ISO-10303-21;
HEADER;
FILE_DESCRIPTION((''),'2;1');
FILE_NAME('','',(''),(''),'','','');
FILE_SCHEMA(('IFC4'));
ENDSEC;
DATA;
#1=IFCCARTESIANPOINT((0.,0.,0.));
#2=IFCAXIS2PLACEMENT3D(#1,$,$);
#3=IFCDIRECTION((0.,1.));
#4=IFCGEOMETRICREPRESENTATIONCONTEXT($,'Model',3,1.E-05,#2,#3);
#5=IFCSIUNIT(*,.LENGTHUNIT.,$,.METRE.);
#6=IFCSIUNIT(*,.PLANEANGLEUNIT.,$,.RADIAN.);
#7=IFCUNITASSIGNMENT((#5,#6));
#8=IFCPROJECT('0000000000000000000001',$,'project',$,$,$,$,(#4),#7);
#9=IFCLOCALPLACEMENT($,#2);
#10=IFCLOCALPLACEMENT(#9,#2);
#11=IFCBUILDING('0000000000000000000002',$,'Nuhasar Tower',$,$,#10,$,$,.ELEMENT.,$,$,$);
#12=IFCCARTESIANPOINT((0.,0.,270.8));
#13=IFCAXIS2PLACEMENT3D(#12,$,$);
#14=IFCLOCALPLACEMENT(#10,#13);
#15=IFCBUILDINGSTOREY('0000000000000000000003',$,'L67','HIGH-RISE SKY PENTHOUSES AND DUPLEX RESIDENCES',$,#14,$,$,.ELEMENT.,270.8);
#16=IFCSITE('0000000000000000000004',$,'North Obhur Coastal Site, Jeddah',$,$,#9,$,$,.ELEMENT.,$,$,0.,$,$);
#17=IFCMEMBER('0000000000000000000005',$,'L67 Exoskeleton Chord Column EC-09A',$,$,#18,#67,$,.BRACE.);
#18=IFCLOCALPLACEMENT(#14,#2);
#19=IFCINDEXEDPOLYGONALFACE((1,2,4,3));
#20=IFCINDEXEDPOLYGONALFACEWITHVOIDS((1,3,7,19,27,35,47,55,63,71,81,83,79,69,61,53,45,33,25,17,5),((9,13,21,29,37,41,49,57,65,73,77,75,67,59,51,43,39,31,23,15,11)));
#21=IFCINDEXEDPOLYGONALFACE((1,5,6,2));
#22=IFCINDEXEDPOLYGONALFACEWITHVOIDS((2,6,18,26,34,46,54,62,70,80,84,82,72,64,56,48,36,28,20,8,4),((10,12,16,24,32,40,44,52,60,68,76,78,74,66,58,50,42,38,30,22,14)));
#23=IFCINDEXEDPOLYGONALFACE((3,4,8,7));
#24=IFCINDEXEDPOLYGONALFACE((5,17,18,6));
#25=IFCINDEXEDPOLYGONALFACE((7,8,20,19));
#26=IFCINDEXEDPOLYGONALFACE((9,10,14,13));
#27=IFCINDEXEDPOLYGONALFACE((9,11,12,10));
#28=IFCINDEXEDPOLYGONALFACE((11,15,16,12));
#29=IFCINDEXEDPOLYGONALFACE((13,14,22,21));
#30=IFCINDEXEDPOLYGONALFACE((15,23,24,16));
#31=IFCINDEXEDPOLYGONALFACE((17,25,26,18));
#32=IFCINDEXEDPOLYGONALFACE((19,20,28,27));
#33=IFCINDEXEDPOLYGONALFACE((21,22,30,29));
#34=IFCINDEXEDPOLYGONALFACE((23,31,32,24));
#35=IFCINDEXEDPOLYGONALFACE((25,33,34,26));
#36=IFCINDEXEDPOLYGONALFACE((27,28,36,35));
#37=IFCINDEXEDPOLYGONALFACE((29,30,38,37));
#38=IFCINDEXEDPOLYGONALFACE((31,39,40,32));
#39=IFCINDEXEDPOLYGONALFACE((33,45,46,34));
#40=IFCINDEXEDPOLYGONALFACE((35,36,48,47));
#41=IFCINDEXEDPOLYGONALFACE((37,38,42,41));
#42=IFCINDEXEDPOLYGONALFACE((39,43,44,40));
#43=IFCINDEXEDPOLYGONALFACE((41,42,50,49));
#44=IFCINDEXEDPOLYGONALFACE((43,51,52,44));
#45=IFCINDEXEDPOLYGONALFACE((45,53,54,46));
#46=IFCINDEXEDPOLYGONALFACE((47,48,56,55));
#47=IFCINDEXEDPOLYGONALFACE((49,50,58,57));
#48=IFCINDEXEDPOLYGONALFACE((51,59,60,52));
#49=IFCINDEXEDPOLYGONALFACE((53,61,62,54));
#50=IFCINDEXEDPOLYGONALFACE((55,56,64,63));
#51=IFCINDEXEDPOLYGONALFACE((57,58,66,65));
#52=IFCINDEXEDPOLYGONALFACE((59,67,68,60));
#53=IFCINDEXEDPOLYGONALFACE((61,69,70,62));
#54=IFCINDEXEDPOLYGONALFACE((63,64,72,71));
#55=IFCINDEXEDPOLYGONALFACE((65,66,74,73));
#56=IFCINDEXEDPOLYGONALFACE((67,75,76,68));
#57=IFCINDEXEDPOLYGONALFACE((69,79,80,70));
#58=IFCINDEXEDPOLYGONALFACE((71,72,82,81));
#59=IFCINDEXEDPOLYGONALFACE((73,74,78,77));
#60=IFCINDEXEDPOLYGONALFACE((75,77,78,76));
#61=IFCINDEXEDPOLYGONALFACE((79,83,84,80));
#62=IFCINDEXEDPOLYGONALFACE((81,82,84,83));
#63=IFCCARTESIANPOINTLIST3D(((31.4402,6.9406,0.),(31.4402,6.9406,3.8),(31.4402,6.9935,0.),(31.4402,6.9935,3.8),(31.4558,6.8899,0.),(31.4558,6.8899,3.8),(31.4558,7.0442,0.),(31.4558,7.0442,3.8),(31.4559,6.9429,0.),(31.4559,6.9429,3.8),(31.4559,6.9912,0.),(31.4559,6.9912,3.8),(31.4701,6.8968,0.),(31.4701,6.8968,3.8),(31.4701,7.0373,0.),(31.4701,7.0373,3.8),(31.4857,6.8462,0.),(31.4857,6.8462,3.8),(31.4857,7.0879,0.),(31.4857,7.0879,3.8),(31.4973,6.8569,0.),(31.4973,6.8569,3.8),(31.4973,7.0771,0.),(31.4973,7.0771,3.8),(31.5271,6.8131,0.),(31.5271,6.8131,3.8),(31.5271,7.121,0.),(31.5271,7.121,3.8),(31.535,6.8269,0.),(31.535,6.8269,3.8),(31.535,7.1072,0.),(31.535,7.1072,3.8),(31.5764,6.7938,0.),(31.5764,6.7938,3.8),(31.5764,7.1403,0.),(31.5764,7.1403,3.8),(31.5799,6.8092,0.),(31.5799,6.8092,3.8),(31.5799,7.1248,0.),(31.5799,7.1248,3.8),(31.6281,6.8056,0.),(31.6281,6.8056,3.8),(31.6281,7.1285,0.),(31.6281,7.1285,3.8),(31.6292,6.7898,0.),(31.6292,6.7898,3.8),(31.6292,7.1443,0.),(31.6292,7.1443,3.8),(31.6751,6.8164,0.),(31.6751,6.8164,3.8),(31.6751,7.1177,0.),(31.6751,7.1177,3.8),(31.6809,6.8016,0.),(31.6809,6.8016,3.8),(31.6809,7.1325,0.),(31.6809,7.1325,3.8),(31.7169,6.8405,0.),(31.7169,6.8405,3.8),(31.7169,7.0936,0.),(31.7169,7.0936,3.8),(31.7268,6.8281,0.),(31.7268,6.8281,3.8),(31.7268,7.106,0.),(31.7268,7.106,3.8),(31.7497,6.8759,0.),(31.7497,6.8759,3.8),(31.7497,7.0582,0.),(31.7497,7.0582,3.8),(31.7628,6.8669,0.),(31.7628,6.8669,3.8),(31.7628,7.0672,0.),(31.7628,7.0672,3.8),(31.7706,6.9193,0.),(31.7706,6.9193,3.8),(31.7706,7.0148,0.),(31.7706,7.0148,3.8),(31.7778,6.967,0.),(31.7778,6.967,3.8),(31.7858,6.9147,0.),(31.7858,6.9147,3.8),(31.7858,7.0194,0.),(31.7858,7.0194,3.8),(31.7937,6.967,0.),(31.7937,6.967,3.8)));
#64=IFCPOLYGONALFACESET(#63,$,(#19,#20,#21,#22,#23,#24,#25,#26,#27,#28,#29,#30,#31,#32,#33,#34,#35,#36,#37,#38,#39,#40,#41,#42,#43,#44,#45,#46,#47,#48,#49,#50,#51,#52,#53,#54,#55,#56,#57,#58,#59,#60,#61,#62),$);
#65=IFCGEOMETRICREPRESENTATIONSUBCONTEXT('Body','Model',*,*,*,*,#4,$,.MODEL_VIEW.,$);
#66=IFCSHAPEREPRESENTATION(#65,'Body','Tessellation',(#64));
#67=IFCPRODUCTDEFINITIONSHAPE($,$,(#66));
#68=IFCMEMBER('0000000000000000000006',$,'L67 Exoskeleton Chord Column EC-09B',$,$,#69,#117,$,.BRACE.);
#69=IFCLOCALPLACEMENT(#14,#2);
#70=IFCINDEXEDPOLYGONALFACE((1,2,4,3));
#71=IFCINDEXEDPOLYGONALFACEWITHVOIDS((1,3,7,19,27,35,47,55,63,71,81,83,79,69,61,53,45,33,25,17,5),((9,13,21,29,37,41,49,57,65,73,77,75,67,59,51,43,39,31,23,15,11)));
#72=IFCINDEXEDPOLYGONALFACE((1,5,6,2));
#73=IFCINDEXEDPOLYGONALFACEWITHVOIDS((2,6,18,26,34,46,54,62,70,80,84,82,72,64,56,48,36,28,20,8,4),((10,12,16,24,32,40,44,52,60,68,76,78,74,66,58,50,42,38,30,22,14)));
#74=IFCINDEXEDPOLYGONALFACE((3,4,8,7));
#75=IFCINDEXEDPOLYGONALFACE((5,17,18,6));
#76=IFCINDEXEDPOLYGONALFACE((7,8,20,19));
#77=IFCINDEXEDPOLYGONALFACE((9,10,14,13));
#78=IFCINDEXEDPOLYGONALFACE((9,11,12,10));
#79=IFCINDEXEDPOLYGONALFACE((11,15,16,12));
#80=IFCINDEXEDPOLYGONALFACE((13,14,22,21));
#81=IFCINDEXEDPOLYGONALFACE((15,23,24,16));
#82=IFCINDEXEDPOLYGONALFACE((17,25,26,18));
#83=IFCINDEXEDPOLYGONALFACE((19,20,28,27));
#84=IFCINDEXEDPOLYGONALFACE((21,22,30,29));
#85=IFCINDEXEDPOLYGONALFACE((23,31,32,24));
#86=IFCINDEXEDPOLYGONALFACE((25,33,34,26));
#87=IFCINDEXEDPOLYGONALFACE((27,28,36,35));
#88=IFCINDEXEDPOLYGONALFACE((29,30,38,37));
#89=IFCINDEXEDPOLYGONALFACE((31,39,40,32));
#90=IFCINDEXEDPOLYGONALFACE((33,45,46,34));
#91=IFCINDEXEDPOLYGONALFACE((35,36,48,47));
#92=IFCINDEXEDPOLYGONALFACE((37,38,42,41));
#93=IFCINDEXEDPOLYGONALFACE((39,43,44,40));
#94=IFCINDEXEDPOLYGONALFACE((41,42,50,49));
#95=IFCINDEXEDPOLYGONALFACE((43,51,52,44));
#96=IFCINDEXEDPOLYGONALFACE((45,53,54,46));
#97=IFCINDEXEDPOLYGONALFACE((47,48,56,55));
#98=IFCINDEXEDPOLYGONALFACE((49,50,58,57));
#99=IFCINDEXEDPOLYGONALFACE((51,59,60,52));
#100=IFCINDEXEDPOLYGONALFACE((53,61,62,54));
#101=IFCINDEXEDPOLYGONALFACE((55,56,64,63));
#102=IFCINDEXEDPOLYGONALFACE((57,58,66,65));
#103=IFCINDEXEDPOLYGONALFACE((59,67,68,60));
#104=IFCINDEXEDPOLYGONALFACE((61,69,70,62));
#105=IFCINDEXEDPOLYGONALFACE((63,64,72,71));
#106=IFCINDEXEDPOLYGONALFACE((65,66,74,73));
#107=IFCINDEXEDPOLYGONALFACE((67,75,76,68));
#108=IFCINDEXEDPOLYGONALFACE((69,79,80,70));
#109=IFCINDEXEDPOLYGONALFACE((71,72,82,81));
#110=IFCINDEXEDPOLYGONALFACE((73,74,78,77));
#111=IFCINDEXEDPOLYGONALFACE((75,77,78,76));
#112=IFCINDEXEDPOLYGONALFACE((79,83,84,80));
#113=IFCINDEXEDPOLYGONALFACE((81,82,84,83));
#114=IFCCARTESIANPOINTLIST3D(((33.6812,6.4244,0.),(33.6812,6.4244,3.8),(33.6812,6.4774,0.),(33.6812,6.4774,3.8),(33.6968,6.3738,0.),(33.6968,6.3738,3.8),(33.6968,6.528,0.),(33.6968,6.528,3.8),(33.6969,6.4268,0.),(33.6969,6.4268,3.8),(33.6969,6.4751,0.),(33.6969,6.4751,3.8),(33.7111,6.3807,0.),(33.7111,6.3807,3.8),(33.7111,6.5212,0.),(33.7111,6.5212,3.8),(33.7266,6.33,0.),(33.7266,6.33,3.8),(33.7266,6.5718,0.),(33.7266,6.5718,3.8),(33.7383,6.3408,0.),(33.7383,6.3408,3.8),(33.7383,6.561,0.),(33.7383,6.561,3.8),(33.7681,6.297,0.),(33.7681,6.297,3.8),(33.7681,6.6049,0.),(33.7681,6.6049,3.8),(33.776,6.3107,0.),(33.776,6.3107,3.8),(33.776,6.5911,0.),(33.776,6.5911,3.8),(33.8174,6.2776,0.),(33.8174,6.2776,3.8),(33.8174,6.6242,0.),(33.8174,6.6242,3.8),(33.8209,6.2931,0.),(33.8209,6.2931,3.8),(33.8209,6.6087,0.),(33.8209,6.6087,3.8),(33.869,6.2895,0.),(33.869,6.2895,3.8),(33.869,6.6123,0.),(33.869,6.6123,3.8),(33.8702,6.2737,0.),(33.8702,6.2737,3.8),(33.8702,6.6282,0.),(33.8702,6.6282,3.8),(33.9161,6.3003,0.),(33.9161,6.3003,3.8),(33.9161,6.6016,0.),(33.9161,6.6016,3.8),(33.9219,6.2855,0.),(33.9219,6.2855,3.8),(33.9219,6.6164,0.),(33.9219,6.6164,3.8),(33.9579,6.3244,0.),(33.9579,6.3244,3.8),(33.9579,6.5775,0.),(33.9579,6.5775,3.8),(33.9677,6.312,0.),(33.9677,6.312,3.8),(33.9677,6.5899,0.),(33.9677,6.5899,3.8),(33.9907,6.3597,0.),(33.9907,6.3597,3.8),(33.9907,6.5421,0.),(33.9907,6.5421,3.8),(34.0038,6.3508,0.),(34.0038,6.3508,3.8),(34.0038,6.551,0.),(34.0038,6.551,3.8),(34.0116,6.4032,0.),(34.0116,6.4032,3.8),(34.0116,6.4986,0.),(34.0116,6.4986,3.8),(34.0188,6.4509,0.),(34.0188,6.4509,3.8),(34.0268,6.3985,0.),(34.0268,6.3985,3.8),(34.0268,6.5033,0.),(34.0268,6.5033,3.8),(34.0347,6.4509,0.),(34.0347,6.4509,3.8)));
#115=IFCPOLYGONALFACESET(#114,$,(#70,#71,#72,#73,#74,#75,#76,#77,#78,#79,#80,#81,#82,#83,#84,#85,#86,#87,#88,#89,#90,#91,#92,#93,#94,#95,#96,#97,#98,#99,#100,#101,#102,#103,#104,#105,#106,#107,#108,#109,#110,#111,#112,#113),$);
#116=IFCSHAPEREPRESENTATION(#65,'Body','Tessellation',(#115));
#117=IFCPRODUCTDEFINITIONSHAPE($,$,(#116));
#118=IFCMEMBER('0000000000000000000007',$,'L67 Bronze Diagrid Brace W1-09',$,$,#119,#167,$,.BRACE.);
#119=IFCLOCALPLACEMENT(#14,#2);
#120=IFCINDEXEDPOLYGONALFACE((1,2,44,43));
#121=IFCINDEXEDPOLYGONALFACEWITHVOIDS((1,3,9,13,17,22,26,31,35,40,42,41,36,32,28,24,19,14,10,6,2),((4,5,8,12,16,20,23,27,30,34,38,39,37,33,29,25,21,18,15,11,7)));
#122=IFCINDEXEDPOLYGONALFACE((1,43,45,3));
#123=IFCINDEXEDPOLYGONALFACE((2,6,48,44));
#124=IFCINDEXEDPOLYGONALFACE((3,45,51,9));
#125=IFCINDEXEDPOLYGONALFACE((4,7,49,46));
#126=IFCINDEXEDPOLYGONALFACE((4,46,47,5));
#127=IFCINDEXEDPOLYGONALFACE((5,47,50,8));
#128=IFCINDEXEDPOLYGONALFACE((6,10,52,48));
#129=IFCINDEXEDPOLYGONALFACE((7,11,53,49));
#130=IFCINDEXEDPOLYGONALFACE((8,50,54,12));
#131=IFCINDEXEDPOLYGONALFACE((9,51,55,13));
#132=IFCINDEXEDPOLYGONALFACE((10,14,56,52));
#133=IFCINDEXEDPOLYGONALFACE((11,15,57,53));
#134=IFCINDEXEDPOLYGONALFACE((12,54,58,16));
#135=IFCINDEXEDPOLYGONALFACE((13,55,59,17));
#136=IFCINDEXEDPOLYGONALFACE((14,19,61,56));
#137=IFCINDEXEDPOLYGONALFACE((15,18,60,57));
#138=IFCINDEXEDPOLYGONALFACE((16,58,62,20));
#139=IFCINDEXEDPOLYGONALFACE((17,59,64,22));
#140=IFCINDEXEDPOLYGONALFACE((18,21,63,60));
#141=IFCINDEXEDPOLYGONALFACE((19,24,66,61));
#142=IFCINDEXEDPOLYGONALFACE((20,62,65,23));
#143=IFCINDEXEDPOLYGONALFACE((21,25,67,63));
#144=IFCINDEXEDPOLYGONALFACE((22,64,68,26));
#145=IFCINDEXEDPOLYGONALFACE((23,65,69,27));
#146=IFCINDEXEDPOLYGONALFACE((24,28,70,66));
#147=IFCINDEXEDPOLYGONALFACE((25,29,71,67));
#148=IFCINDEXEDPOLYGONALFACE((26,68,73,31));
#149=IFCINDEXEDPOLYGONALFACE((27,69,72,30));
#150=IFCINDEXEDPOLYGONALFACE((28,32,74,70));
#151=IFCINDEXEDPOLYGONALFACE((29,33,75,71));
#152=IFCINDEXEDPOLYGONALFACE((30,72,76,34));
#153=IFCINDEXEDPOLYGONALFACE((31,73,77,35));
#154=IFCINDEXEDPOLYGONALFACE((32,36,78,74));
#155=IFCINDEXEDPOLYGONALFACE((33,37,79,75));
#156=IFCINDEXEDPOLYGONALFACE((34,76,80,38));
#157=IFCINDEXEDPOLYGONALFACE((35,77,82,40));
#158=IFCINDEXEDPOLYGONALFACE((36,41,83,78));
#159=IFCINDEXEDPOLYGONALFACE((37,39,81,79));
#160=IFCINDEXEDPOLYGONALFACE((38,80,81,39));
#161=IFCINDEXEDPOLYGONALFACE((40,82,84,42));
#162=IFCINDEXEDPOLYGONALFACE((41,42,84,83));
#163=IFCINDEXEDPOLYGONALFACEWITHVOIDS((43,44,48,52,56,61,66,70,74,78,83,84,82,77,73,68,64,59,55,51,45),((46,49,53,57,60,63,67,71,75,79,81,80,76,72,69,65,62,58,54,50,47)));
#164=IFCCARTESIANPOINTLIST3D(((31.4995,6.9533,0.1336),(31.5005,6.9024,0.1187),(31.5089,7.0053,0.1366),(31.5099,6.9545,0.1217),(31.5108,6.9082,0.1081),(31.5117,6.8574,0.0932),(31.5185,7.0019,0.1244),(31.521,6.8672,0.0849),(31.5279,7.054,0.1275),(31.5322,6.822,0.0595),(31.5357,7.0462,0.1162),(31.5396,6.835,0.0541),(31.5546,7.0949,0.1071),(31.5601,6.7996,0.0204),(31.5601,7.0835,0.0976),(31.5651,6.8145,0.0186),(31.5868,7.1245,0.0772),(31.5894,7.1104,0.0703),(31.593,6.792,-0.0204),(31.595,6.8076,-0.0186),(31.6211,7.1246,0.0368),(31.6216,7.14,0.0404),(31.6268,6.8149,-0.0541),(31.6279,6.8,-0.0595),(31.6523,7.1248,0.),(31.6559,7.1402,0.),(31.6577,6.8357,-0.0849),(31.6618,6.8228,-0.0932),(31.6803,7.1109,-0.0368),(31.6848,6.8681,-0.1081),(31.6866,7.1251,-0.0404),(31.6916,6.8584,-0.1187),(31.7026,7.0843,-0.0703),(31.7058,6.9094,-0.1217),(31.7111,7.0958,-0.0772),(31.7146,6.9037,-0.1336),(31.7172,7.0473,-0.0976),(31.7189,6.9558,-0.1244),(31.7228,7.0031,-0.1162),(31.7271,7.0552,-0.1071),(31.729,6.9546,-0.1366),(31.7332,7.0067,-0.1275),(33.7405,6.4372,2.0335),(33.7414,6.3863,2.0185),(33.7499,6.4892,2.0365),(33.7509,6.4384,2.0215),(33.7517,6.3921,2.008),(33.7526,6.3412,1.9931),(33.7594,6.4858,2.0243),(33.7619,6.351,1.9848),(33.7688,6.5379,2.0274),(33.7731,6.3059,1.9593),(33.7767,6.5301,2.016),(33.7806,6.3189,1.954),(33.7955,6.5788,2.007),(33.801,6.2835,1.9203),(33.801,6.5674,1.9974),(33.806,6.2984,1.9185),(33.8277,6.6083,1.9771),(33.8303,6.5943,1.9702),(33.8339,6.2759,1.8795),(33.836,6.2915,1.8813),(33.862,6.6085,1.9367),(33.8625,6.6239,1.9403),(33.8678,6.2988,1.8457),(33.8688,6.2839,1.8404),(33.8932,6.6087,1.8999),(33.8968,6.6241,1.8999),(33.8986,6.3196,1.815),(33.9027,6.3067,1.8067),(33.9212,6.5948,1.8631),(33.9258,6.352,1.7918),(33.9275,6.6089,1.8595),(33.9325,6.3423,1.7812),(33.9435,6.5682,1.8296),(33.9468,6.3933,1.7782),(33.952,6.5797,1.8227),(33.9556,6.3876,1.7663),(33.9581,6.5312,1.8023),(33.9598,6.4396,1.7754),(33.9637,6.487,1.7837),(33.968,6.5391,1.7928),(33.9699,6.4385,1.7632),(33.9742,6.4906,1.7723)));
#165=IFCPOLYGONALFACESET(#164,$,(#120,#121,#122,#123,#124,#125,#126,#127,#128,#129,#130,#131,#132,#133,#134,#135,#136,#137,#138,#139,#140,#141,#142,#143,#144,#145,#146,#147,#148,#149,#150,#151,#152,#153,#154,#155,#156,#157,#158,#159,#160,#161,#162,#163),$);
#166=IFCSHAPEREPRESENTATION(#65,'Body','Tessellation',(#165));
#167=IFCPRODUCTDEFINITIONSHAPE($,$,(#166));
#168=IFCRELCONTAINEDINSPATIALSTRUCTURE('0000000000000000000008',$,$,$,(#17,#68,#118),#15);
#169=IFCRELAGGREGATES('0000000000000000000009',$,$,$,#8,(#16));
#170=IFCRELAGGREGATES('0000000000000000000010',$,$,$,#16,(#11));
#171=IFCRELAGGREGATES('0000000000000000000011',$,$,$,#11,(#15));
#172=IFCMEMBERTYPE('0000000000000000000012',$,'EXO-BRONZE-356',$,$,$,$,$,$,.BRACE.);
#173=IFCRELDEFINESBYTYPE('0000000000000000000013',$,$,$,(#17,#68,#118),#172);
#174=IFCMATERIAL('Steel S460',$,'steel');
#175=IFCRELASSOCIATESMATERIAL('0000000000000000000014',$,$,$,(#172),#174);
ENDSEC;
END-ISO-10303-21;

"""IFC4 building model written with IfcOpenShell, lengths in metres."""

from ifc_helpers import new_model, si_unit, direction, frame, origin, origin_2d, place, context, subcontext, project, spatial, hollow_circle, extrude, material, material_profile, profile_set, type_object, element, save


model = new_model("IFC4")

# Units and contexts
model_context = context("Model", 3, precision=1e-05, world=origin(), true_north=direction((0.0, 1.0)))
body_context = subcontext(model_context, "Body", "Model", "MODEL_VIEW")
ifc_project = project(units=[si_unit("LENGTHUNIT", "METRE"), si_unit("PLANEANGLEUNIT", "RADIAN")], contexts=[model_context])

# Site, building, storey
site_placement = place(None, origin())
site = spatial("IfcSite", under=ifc_project, at=site_placement, Name="North Obhur Coastal Site, Jeddah", CompositionType="ELEMENT", RefElevation=0.0)
building_placement = place(site_placement, origin())
building = spatial("IfcBuilding", under=site, at=building_placement, Name="Nuhasar Tower", CompositionType="ELEMENT")
storey_placement = place(building_placement, frame((0.0, 0.0, 270.8)))
storey = spatial("IfcBuildingStorey", under=building, at=storey_placement, Name="L67", Description="HIGH-RISE SKY PENTHOUSES AND DUPLEX RESIDENCES", CompositionType="ELEMENT", Elevation=270.8)

# Members
ifc_material_1 = material(Name="Steel S460", Category="steel")
ifc_material_profile_1 = material_profile(ifc_material_1, hollow_circle(Radius=0.1777, WallThickness=0.0159, at=origin_2d()), Name="HSS355.6X15.9")
ifc_profile_set_1 = profile_set([ifc_material_profile_1], Name="Steel S460")
member_type = type_object("IfcMemberType", Name="EXO-BRONZE-356", PredefinedType="BRACE", material=ifc_profile_set_1)
for number, where, z_axis, x_axis, name in (
    (1, (31.616, 6.967, 0.0), (0.0, 0.0, 1.0), (1.0, 0.0, 0.0), "L67 Exoskeleton Chord Column EC-09A"),
    (2, (33.8569, 6.4509, 0.0), (0.0, 0.0, 1.0), (1.0, 0.0, 0.0), "L67 Exoskeleton Chord Column EC-09B"),
):
    element("IfcMember", number, at=place(storey_placement, frame(where, z_axis=z_axis, x_axis=x_axis)), inside=storey, type_object=member_type, Name=name, PredefinedType="BRACE", context=body_context, shape_type="SweptSolid", body=[
        extrude(hollow_circle(Radius=0.1777, WallThickness=0.0159, at=origin_2d()), origin(), (0.0, 0.0, 1.0), 3.8),
    ])
member_1_placement = place(storey_placement, frame((31.616, 6.967, 0.0), z_axis=(0.751261, -0.173022, 0.636923), x_axis=(0.224433, 0.97449, 0.0)))
element("IfcMember", 3, at=member_1_placement, inside=storey, type_object=member_type, Name="L67 Bronze Diagrid Brace W1-09", PredefinedType="BRACE", context=body_context, shape_type="SweptSolid", body=[
    extrude(hollow_circle(Radius=0.1777, WallThickness=0.0159, at=origin_2d()), origin(), (0.0, 0.0, 1.0), 2.9829),
])

save(model, "model.ifc")
